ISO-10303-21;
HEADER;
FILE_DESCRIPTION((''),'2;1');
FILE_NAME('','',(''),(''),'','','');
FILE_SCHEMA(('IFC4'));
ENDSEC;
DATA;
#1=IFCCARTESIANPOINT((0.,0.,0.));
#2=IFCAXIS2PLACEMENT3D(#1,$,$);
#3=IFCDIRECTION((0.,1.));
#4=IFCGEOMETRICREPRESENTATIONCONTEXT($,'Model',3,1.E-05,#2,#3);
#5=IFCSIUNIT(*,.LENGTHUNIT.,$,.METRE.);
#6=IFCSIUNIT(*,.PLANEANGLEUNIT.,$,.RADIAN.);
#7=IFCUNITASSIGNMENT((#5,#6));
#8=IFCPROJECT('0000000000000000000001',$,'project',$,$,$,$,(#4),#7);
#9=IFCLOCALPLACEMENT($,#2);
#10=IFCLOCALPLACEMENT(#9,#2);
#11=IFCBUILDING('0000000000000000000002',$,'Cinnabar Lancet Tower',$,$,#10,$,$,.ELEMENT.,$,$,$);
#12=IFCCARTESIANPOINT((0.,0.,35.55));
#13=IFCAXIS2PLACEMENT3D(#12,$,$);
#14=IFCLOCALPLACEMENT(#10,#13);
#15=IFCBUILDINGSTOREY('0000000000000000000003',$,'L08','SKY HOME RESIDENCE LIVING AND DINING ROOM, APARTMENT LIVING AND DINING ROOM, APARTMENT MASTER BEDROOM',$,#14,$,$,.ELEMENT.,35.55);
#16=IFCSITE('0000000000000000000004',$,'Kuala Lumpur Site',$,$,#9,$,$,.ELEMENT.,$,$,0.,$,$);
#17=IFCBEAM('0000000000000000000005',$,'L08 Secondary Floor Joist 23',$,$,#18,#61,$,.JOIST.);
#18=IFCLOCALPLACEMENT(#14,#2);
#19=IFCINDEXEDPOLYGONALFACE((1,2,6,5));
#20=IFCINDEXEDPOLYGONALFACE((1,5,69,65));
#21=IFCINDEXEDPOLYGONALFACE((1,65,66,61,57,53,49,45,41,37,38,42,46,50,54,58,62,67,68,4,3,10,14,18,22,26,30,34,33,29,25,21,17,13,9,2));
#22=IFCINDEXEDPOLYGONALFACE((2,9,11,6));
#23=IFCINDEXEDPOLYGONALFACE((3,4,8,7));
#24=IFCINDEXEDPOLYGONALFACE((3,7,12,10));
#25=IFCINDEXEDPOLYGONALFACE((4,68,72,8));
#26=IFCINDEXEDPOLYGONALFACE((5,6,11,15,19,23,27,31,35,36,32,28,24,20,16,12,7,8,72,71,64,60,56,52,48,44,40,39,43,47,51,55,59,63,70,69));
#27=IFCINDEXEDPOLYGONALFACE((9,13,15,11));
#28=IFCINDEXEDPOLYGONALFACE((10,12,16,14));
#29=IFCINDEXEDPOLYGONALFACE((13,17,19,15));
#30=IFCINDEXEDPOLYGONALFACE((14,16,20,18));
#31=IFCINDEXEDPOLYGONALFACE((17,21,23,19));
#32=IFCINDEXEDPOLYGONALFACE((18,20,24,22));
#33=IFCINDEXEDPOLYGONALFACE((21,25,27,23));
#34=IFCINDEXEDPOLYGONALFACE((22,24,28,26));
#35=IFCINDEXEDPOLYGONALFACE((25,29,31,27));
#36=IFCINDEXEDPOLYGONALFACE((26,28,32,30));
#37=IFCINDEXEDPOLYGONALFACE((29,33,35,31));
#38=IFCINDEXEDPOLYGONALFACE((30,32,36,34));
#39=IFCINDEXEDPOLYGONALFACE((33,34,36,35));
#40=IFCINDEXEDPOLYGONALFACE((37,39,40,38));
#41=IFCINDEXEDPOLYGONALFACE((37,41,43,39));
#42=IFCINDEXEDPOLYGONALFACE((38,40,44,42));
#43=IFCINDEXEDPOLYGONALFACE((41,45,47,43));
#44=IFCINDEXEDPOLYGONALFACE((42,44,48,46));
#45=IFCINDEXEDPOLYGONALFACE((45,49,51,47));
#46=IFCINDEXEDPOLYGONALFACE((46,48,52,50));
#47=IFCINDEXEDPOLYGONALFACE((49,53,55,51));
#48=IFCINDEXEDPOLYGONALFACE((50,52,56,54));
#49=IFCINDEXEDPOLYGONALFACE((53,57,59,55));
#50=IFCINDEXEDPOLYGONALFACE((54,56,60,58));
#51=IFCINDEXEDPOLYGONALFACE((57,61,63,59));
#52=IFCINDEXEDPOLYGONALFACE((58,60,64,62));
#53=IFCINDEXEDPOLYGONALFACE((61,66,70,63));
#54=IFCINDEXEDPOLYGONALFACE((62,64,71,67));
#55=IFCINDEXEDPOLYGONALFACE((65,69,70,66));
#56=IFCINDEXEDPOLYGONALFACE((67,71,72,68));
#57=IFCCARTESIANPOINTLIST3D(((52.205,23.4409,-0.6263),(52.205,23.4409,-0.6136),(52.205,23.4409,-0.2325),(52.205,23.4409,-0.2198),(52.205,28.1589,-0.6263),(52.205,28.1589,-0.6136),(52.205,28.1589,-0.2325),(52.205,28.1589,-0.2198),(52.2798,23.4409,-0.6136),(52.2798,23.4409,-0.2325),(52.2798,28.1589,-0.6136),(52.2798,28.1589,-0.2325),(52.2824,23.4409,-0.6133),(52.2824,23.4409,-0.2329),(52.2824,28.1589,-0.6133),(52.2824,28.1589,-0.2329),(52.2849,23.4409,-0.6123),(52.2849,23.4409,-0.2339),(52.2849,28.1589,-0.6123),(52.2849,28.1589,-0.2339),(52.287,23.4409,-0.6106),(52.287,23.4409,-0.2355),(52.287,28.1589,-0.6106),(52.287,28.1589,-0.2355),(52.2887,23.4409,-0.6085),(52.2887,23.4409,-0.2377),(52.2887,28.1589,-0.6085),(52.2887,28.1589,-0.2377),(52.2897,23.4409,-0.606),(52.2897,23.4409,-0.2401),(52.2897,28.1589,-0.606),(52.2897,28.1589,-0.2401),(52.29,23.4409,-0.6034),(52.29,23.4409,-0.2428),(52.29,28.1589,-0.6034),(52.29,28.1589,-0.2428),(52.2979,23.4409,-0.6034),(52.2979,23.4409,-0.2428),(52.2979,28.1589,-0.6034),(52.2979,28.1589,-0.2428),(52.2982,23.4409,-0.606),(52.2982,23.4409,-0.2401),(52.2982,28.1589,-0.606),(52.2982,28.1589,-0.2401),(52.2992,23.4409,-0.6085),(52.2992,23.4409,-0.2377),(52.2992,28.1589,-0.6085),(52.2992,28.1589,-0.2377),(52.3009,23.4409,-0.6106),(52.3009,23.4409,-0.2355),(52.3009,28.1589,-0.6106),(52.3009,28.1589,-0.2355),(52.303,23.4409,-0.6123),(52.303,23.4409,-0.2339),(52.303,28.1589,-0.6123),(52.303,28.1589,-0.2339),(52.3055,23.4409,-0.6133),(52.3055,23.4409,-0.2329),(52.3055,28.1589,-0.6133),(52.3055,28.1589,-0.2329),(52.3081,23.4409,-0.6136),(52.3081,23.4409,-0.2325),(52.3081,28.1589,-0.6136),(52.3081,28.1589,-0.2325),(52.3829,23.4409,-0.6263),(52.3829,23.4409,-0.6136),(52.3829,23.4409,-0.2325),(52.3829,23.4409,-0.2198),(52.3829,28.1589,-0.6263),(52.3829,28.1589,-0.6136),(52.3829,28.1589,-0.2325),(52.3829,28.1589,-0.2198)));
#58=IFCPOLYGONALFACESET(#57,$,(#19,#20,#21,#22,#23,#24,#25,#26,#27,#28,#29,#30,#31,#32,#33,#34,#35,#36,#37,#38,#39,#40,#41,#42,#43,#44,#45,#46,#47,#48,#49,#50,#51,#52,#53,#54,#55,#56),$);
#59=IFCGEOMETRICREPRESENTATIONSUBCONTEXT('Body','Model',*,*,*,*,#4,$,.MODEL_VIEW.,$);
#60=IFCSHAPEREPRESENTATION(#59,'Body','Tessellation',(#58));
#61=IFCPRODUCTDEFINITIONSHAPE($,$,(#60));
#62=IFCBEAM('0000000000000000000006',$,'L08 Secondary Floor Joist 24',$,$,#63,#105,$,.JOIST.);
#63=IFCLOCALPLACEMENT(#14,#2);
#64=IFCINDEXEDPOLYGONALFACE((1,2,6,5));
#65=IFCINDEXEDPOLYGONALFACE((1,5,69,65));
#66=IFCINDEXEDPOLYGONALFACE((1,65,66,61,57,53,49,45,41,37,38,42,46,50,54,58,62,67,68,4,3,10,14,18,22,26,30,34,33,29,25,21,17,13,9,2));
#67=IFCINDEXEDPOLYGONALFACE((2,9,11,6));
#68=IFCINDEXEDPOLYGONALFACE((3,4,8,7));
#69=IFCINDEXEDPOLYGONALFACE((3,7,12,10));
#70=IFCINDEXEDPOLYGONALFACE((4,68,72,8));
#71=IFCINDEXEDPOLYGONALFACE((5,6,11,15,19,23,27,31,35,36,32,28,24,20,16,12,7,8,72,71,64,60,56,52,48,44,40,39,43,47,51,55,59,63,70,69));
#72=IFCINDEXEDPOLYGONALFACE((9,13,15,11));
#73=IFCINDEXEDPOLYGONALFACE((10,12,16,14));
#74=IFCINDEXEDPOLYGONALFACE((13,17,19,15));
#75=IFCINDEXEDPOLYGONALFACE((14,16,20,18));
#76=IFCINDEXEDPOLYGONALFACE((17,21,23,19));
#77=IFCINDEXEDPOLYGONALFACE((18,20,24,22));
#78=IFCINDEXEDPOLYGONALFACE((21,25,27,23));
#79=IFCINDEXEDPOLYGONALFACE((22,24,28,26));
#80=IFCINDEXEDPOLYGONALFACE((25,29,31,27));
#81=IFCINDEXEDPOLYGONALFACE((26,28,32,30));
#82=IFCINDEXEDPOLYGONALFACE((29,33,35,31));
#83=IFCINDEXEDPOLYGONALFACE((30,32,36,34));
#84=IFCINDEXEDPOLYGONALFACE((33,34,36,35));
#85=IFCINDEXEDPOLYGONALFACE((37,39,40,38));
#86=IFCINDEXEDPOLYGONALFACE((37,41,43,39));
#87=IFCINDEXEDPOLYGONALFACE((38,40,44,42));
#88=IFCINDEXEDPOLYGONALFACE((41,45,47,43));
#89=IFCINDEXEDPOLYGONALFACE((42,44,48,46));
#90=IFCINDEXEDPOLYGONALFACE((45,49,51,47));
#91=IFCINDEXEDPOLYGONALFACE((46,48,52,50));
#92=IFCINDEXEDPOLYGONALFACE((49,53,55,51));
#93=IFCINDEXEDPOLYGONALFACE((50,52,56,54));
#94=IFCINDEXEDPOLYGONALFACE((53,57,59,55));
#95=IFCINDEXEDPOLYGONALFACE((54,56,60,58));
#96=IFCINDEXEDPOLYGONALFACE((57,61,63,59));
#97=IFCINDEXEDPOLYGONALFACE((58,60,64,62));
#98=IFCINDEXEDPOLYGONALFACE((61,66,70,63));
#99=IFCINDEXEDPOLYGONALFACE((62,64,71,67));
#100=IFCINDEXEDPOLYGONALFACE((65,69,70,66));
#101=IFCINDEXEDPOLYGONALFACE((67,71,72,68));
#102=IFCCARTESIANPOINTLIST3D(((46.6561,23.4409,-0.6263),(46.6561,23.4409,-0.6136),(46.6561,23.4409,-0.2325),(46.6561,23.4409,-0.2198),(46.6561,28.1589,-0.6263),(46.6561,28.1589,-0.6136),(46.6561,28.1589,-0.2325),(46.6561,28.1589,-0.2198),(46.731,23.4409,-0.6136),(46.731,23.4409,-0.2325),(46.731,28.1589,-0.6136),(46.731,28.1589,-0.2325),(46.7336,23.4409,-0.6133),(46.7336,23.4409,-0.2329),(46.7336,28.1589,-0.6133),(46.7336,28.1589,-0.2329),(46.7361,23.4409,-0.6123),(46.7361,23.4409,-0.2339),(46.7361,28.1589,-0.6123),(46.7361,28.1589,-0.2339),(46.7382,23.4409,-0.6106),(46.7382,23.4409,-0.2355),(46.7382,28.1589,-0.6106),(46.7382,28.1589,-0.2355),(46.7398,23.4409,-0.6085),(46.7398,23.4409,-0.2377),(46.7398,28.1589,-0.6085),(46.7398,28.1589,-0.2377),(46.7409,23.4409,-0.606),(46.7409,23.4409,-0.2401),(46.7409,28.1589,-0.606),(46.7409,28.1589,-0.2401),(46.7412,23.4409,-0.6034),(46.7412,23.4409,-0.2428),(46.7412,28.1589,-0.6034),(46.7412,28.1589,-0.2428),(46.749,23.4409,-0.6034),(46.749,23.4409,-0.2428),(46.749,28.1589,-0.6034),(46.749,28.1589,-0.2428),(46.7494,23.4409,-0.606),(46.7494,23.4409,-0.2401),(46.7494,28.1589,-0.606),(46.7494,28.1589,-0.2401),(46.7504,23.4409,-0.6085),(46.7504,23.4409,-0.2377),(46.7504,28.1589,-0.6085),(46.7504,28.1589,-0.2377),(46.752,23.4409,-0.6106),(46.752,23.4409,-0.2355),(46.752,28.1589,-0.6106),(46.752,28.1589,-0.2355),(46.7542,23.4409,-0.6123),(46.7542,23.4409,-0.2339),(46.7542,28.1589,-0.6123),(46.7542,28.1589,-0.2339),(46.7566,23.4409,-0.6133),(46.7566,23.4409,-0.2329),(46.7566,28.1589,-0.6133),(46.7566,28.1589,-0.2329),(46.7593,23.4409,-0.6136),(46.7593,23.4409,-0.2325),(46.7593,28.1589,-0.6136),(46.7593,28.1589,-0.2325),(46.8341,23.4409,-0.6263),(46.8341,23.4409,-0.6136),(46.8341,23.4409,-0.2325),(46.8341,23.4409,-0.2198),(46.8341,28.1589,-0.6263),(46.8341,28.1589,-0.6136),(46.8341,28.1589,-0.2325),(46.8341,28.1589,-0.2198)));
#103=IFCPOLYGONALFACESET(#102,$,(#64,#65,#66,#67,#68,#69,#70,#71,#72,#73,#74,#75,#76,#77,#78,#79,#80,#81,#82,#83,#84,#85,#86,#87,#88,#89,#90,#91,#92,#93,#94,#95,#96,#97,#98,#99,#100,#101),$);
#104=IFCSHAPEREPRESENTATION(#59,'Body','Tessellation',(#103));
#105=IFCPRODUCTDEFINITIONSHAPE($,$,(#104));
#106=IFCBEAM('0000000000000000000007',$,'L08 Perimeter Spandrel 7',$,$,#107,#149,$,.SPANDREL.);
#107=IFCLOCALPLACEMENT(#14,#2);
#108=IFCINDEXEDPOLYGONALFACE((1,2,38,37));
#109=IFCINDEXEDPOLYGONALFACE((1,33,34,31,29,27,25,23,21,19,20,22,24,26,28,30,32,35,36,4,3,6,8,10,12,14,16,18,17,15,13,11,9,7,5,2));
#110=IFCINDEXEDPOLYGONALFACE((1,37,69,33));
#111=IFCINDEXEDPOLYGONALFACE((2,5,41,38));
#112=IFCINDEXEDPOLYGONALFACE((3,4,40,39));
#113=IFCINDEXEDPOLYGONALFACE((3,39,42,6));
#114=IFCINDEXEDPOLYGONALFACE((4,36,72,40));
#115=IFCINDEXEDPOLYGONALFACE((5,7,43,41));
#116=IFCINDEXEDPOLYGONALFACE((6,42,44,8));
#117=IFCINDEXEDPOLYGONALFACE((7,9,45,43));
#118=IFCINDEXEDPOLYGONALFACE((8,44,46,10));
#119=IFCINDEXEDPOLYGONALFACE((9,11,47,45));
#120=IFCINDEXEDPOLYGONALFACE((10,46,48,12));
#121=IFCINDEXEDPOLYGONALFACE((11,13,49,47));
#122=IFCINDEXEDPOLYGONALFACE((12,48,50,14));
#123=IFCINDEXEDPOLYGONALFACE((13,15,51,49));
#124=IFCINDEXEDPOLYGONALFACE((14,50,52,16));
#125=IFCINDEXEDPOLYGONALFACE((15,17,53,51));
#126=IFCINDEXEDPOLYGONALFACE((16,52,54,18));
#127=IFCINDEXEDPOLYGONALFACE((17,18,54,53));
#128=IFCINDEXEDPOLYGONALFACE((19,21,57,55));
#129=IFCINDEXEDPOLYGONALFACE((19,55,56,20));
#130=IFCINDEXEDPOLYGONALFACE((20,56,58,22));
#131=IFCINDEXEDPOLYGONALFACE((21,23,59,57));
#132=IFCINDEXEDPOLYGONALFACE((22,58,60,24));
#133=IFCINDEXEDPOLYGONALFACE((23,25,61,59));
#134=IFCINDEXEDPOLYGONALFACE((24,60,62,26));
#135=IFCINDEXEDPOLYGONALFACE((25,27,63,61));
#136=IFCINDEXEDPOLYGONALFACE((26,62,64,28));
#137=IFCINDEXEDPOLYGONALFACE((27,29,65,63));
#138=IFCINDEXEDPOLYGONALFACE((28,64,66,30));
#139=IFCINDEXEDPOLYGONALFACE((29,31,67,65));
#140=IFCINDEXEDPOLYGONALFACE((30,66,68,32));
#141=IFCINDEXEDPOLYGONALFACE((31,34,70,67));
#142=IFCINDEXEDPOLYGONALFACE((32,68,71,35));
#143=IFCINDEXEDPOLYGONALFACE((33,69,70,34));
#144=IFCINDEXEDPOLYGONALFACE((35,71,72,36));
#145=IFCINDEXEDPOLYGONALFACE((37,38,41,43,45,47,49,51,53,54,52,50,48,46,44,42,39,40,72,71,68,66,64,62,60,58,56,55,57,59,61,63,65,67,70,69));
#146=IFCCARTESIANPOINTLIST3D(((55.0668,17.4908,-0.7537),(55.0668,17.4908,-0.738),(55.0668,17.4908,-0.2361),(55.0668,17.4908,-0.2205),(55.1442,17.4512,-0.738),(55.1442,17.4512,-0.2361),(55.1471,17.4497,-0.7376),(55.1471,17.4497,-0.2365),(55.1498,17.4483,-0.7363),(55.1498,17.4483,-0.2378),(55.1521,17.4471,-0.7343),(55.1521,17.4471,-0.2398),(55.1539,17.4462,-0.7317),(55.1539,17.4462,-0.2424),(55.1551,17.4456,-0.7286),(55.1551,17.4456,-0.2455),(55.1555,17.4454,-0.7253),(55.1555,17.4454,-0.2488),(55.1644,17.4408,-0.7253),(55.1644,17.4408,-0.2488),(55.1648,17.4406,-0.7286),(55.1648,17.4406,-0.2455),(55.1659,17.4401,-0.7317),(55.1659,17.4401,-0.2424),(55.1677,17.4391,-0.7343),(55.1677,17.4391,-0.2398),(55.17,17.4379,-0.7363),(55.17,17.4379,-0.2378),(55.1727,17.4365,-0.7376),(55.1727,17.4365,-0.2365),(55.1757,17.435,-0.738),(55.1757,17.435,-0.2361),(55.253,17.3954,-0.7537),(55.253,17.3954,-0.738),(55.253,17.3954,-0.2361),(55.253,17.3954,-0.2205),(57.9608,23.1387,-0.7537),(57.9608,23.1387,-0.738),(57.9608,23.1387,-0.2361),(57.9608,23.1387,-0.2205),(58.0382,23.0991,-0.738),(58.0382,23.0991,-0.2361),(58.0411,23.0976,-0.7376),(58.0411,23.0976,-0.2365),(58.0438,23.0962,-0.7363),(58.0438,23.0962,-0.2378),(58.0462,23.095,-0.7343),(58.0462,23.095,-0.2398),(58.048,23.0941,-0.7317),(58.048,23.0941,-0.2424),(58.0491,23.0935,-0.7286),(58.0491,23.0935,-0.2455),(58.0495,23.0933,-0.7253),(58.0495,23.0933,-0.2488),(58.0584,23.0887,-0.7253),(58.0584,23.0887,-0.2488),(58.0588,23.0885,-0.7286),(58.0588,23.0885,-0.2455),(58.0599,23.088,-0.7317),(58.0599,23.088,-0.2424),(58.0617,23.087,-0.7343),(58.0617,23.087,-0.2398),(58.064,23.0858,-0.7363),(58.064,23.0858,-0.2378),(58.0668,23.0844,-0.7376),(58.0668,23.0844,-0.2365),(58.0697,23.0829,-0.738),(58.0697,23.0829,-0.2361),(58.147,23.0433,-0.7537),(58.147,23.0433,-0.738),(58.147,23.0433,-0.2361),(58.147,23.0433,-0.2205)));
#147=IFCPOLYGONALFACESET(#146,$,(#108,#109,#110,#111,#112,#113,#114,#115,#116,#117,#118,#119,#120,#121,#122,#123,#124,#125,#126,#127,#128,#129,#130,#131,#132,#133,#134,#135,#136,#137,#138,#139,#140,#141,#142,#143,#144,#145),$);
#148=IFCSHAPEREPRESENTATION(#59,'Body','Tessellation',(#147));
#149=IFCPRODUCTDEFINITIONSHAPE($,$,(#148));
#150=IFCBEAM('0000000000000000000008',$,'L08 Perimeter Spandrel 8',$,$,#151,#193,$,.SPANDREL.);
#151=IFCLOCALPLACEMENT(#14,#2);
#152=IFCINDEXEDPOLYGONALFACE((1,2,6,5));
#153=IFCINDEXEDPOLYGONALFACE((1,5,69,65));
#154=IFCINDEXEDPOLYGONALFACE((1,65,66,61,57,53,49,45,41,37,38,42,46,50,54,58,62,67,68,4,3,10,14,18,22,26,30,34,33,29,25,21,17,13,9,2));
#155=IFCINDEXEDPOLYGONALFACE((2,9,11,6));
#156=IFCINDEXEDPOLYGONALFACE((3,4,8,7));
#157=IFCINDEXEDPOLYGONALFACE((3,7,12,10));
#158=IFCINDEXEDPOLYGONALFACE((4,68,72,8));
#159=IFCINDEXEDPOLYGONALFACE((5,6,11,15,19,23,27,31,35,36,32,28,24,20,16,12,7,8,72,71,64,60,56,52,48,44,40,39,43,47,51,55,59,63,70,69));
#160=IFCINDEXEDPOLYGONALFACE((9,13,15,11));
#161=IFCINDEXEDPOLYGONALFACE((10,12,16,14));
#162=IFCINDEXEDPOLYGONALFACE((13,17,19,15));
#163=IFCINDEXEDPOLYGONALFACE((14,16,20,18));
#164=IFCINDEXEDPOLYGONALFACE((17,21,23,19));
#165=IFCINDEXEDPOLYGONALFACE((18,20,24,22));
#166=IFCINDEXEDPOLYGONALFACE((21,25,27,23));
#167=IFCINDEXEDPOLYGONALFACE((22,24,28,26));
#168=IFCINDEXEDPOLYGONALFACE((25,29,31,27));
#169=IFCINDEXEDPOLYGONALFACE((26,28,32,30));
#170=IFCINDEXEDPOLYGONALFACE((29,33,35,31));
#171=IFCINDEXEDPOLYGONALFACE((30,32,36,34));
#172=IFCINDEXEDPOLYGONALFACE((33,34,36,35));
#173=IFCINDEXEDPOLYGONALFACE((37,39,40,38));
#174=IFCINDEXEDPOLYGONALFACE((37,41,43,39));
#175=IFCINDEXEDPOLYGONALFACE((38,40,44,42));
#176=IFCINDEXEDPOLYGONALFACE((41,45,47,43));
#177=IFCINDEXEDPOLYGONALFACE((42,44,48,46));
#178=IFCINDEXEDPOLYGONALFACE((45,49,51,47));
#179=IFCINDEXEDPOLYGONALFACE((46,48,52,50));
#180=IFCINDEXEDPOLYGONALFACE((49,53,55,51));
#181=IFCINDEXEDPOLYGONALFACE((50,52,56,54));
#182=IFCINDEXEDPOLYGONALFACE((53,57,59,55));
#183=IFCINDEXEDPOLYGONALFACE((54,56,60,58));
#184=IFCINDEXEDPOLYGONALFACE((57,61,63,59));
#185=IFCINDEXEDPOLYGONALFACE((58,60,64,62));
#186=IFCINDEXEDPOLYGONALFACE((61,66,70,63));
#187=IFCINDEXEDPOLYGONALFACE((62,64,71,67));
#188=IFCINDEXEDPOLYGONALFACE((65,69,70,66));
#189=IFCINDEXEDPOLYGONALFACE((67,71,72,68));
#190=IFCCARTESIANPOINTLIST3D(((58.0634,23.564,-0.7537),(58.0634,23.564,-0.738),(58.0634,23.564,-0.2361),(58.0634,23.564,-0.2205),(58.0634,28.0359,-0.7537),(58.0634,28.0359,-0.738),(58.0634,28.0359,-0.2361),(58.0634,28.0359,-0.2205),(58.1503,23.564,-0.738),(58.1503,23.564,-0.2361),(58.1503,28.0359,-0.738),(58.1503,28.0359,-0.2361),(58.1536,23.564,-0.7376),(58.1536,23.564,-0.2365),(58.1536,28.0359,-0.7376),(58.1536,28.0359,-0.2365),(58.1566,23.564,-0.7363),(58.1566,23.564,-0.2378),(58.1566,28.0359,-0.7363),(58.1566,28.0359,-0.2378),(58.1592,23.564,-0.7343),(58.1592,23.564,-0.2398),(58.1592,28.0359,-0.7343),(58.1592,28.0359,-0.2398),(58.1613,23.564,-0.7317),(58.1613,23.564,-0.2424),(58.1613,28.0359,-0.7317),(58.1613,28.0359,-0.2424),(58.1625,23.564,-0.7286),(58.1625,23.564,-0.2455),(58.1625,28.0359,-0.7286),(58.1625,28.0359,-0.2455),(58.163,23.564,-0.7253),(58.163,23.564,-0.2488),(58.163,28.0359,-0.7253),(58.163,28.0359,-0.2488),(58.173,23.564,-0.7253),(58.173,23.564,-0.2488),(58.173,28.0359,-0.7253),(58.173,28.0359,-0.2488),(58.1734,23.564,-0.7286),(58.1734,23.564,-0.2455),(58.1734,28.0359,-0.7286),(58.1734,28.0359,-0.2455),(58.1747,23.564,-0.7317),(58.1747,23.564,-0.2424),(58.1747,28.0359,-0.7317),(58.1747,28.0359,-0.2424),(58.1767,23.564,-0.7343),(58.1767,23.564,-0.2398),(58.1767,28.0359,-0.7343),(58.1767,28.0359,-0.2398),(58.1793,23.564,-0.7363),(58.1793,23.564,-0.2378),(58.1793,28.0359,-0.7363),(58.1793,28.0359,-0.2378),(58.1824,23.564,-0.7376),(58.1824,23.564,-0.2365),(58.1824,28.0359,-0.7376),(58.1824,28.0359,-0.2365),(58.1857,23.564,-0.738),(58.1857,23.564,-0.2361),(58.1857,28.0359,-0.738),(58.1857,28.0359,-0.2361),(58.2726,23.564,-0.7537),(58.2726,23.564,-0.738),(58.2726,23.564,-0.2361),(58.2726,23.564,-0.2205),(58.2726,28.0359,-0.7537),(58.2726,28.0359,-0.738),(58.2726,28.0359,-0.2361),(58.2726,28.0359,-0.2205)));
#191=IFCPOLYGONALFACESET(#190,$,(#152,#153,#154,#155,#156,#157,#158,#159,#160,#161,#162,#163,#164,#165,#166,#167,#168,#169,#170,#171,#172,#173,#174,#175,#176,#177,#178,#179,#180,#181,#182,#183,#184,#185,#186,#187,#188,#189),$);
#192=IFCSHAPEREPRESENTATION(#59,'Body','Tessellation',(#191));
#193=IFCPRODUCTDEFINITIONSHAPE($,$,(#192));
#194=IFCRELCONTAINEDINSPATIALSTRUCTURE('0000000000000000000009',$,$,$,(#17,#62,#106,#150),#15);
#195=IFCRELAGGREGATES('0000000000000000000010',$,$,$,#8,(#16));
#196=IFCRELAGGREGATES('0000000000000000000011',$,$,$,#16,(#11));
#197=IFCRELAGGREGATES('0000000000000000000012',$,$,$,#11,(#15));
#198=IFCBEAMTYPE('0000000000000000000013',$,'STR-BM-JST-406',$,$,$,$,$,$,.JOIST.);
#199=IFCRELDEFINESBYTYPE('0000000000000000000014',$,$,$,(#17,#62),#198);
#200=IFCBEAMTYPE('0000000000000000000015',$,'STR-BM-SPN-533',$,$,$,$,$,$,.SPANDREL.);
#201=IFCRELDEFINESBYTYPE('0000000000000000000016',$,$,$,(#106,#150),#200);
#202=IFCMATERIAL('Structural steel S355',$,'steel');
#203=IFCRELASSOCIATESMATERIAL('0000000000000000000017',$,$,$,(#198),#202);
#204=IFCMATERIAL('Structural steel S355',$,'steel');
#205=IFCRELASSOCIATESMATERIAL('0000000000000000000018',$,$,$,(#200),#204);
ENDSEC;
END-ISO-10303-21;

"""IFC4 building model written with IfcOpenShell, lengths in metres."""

from ifc_helpers import new_model, si_unit, direction, frame, origin, origin_2d, place, context, subcontext, project, spatial, i_section, extrude, material, material_profile, profile_set, type_object, element, save


model = new_model("IFC4")

# Units and contexts
model_context = context("Model", 3, precision=1e-05, world=origin(), true_north=direction((0.0, 1.0)))
body_context = subcontext(model_context, "Body", "Model", "MODEL_VIEW")
ifc_project = project(units=[si_unit("LENGTHUNIT", "METRE"), si_unit("PLANEANGLEUNIT", "RADIAN")], contexts=[model_context])

# Site, building, storey
site_placement = place(None, origin())
site = spatial("IfcSite", under=ifc_project, at=site_placement, Name="Kuala Lumpur Site", CompositionType="ELEMENT", RefElevation=0.0)
building_placement = place(site_placement, origin())
building = spatial("IfcBuilding", under=site, at=building_placement, Name="Cinnabar Lancet Tower", CompositionType="ELEMENT")
storey_placement = place(building_placement, frame((0.0, 0.0, 35.55)))
storey = spatial("IfcBuildingStorey", under=building, at=storey_placement, Name="L08", Description="SKY HOME RESIDENCE LIVING AND DINING ROOM, APARTMENT LIVING AND DINING ROOM, APARTMENT MASTER BEDROOM", CompositionType="ELEMENT", Elevation=35.55)

# Beams
ifc_material_1 = material(Name="Structural steel S355", Category="steel")
ifc_material_profile_1 = material_profile(ifc_material_1, i_section(OverallWidth=0.178, OverallDepth=0.4065, WebThickness=0.0078, FlangeThickness=0.0127, FilletRadius=0.0103, at=origin_2d()), Name="UKB 406x178x60")
ifc_profile_set_1 = profile_set([ifc_material_profile_1], Name="Structural steel S355")
beam_type_1 = type_object("IfcBeamType", Name="STR-BM-JST-406", PredefinedType="JOIST", material=ifc_profile_set_1)
for number, where, z_axis, x_axis, name in (
    (1, (52.2939, 23.4409, -0.4231), (0.0, 1.0, 0.0), (-1.0, 0.0, 0.0), "L08 Secondary Floor Joist 23"),
    (2, (46.7451, 23.4409, -0.4231), (0.0, 1.0, 0.0), (-1.0, 0.0, 0.0), "L08 Secondary Floor Joist 24"),
):
    element("IfcBeam", number, at=place(storey_placement, frame(where, z_axis=z_axis, x_axis=x_axis)), inside=storey, type_object=beam_type_1, Name=name, PredefinedType="JOIST", context=body_context, shape_type="SweptSolid", body=[
        extrude(i_section(OverallWidth=0.178, OverallDepth=0.4065, WebThickness=0.0078, FlangeThickness=0.0127, FilletRadius=0.0103, at=origin_2d()), origin(), (0.0, 0.0, 1.0), 4.718),
    ])
ifc_material_2 = material(Name="Structural steel S355", Category="steel")
ifc_material_profile_2 = material_profile(ifc_material_2, i_section(OverallWidth=0.2092, OverallDepth=0.5332, WebThickness=0.01, FlangeThickness=0.0156, FilletRadius=0.0127, at=origin_2d()), Name="UKB 533x210x92")
ifc_profile_set_2 = profile_set([ifc_material_profile_2], Name="Structural steel S355")
beam_type_2 = type_object("IfcBeamType", Name="STR-BM-SPN-533", PredefinedType="SPANDREL", material=ifc_profile_set_2)
beam_1_placement = place(storey_placement, frame((55.1599, 17.4431, -0.4871), z_axis=(0.456025, 0.889967, 0.0), x_axis=(-0.889967, 0.456025, 0.0)))
element("IfcBeam", 3, at=beam_1_placement, inside=storey, type_object=beam_type_2, Name="L08 Perimeter Spandrel 7", PredefinedType="SPANDREL", context=body_context, shape_type="SweptSolid", body=[
    extrude(i_section(OverallWidth=0.2092, OverallDepth=0.5332, WebThickness=0.01, FlangeThickness=0.0156, FilletRadius=0.0127, at=origin_2d()), origin(), (0.0, 0.0, 1.0), 6.3462),
])
beam_2_placement = place(storey_placement, frame((58.168, 23.564, -0.4871), z_axis=(0.0, 1.0, 0.0), x_axis=(-1.0, 0.0, 0.0)))
element("IfcBeam", 4, at=beam_2_placement, inside=storey, type_object=beam_type_2, Name="L08 Perimeter Spandrel 8", PredefinedType="SPANDREL", context=body_context, shape_type="SweptSolid", body=[
    extrude(i_section(OverallWidth=0.2092, OverallDepth=0.5332, WebThickness=0.01, FlangeThickness=0.0156, FilletRadius=0.0127, at=origin_2d()), origin(), (0.0, 0.0, 1.0), 4.4719),
])

save(model, "model.ifc")
